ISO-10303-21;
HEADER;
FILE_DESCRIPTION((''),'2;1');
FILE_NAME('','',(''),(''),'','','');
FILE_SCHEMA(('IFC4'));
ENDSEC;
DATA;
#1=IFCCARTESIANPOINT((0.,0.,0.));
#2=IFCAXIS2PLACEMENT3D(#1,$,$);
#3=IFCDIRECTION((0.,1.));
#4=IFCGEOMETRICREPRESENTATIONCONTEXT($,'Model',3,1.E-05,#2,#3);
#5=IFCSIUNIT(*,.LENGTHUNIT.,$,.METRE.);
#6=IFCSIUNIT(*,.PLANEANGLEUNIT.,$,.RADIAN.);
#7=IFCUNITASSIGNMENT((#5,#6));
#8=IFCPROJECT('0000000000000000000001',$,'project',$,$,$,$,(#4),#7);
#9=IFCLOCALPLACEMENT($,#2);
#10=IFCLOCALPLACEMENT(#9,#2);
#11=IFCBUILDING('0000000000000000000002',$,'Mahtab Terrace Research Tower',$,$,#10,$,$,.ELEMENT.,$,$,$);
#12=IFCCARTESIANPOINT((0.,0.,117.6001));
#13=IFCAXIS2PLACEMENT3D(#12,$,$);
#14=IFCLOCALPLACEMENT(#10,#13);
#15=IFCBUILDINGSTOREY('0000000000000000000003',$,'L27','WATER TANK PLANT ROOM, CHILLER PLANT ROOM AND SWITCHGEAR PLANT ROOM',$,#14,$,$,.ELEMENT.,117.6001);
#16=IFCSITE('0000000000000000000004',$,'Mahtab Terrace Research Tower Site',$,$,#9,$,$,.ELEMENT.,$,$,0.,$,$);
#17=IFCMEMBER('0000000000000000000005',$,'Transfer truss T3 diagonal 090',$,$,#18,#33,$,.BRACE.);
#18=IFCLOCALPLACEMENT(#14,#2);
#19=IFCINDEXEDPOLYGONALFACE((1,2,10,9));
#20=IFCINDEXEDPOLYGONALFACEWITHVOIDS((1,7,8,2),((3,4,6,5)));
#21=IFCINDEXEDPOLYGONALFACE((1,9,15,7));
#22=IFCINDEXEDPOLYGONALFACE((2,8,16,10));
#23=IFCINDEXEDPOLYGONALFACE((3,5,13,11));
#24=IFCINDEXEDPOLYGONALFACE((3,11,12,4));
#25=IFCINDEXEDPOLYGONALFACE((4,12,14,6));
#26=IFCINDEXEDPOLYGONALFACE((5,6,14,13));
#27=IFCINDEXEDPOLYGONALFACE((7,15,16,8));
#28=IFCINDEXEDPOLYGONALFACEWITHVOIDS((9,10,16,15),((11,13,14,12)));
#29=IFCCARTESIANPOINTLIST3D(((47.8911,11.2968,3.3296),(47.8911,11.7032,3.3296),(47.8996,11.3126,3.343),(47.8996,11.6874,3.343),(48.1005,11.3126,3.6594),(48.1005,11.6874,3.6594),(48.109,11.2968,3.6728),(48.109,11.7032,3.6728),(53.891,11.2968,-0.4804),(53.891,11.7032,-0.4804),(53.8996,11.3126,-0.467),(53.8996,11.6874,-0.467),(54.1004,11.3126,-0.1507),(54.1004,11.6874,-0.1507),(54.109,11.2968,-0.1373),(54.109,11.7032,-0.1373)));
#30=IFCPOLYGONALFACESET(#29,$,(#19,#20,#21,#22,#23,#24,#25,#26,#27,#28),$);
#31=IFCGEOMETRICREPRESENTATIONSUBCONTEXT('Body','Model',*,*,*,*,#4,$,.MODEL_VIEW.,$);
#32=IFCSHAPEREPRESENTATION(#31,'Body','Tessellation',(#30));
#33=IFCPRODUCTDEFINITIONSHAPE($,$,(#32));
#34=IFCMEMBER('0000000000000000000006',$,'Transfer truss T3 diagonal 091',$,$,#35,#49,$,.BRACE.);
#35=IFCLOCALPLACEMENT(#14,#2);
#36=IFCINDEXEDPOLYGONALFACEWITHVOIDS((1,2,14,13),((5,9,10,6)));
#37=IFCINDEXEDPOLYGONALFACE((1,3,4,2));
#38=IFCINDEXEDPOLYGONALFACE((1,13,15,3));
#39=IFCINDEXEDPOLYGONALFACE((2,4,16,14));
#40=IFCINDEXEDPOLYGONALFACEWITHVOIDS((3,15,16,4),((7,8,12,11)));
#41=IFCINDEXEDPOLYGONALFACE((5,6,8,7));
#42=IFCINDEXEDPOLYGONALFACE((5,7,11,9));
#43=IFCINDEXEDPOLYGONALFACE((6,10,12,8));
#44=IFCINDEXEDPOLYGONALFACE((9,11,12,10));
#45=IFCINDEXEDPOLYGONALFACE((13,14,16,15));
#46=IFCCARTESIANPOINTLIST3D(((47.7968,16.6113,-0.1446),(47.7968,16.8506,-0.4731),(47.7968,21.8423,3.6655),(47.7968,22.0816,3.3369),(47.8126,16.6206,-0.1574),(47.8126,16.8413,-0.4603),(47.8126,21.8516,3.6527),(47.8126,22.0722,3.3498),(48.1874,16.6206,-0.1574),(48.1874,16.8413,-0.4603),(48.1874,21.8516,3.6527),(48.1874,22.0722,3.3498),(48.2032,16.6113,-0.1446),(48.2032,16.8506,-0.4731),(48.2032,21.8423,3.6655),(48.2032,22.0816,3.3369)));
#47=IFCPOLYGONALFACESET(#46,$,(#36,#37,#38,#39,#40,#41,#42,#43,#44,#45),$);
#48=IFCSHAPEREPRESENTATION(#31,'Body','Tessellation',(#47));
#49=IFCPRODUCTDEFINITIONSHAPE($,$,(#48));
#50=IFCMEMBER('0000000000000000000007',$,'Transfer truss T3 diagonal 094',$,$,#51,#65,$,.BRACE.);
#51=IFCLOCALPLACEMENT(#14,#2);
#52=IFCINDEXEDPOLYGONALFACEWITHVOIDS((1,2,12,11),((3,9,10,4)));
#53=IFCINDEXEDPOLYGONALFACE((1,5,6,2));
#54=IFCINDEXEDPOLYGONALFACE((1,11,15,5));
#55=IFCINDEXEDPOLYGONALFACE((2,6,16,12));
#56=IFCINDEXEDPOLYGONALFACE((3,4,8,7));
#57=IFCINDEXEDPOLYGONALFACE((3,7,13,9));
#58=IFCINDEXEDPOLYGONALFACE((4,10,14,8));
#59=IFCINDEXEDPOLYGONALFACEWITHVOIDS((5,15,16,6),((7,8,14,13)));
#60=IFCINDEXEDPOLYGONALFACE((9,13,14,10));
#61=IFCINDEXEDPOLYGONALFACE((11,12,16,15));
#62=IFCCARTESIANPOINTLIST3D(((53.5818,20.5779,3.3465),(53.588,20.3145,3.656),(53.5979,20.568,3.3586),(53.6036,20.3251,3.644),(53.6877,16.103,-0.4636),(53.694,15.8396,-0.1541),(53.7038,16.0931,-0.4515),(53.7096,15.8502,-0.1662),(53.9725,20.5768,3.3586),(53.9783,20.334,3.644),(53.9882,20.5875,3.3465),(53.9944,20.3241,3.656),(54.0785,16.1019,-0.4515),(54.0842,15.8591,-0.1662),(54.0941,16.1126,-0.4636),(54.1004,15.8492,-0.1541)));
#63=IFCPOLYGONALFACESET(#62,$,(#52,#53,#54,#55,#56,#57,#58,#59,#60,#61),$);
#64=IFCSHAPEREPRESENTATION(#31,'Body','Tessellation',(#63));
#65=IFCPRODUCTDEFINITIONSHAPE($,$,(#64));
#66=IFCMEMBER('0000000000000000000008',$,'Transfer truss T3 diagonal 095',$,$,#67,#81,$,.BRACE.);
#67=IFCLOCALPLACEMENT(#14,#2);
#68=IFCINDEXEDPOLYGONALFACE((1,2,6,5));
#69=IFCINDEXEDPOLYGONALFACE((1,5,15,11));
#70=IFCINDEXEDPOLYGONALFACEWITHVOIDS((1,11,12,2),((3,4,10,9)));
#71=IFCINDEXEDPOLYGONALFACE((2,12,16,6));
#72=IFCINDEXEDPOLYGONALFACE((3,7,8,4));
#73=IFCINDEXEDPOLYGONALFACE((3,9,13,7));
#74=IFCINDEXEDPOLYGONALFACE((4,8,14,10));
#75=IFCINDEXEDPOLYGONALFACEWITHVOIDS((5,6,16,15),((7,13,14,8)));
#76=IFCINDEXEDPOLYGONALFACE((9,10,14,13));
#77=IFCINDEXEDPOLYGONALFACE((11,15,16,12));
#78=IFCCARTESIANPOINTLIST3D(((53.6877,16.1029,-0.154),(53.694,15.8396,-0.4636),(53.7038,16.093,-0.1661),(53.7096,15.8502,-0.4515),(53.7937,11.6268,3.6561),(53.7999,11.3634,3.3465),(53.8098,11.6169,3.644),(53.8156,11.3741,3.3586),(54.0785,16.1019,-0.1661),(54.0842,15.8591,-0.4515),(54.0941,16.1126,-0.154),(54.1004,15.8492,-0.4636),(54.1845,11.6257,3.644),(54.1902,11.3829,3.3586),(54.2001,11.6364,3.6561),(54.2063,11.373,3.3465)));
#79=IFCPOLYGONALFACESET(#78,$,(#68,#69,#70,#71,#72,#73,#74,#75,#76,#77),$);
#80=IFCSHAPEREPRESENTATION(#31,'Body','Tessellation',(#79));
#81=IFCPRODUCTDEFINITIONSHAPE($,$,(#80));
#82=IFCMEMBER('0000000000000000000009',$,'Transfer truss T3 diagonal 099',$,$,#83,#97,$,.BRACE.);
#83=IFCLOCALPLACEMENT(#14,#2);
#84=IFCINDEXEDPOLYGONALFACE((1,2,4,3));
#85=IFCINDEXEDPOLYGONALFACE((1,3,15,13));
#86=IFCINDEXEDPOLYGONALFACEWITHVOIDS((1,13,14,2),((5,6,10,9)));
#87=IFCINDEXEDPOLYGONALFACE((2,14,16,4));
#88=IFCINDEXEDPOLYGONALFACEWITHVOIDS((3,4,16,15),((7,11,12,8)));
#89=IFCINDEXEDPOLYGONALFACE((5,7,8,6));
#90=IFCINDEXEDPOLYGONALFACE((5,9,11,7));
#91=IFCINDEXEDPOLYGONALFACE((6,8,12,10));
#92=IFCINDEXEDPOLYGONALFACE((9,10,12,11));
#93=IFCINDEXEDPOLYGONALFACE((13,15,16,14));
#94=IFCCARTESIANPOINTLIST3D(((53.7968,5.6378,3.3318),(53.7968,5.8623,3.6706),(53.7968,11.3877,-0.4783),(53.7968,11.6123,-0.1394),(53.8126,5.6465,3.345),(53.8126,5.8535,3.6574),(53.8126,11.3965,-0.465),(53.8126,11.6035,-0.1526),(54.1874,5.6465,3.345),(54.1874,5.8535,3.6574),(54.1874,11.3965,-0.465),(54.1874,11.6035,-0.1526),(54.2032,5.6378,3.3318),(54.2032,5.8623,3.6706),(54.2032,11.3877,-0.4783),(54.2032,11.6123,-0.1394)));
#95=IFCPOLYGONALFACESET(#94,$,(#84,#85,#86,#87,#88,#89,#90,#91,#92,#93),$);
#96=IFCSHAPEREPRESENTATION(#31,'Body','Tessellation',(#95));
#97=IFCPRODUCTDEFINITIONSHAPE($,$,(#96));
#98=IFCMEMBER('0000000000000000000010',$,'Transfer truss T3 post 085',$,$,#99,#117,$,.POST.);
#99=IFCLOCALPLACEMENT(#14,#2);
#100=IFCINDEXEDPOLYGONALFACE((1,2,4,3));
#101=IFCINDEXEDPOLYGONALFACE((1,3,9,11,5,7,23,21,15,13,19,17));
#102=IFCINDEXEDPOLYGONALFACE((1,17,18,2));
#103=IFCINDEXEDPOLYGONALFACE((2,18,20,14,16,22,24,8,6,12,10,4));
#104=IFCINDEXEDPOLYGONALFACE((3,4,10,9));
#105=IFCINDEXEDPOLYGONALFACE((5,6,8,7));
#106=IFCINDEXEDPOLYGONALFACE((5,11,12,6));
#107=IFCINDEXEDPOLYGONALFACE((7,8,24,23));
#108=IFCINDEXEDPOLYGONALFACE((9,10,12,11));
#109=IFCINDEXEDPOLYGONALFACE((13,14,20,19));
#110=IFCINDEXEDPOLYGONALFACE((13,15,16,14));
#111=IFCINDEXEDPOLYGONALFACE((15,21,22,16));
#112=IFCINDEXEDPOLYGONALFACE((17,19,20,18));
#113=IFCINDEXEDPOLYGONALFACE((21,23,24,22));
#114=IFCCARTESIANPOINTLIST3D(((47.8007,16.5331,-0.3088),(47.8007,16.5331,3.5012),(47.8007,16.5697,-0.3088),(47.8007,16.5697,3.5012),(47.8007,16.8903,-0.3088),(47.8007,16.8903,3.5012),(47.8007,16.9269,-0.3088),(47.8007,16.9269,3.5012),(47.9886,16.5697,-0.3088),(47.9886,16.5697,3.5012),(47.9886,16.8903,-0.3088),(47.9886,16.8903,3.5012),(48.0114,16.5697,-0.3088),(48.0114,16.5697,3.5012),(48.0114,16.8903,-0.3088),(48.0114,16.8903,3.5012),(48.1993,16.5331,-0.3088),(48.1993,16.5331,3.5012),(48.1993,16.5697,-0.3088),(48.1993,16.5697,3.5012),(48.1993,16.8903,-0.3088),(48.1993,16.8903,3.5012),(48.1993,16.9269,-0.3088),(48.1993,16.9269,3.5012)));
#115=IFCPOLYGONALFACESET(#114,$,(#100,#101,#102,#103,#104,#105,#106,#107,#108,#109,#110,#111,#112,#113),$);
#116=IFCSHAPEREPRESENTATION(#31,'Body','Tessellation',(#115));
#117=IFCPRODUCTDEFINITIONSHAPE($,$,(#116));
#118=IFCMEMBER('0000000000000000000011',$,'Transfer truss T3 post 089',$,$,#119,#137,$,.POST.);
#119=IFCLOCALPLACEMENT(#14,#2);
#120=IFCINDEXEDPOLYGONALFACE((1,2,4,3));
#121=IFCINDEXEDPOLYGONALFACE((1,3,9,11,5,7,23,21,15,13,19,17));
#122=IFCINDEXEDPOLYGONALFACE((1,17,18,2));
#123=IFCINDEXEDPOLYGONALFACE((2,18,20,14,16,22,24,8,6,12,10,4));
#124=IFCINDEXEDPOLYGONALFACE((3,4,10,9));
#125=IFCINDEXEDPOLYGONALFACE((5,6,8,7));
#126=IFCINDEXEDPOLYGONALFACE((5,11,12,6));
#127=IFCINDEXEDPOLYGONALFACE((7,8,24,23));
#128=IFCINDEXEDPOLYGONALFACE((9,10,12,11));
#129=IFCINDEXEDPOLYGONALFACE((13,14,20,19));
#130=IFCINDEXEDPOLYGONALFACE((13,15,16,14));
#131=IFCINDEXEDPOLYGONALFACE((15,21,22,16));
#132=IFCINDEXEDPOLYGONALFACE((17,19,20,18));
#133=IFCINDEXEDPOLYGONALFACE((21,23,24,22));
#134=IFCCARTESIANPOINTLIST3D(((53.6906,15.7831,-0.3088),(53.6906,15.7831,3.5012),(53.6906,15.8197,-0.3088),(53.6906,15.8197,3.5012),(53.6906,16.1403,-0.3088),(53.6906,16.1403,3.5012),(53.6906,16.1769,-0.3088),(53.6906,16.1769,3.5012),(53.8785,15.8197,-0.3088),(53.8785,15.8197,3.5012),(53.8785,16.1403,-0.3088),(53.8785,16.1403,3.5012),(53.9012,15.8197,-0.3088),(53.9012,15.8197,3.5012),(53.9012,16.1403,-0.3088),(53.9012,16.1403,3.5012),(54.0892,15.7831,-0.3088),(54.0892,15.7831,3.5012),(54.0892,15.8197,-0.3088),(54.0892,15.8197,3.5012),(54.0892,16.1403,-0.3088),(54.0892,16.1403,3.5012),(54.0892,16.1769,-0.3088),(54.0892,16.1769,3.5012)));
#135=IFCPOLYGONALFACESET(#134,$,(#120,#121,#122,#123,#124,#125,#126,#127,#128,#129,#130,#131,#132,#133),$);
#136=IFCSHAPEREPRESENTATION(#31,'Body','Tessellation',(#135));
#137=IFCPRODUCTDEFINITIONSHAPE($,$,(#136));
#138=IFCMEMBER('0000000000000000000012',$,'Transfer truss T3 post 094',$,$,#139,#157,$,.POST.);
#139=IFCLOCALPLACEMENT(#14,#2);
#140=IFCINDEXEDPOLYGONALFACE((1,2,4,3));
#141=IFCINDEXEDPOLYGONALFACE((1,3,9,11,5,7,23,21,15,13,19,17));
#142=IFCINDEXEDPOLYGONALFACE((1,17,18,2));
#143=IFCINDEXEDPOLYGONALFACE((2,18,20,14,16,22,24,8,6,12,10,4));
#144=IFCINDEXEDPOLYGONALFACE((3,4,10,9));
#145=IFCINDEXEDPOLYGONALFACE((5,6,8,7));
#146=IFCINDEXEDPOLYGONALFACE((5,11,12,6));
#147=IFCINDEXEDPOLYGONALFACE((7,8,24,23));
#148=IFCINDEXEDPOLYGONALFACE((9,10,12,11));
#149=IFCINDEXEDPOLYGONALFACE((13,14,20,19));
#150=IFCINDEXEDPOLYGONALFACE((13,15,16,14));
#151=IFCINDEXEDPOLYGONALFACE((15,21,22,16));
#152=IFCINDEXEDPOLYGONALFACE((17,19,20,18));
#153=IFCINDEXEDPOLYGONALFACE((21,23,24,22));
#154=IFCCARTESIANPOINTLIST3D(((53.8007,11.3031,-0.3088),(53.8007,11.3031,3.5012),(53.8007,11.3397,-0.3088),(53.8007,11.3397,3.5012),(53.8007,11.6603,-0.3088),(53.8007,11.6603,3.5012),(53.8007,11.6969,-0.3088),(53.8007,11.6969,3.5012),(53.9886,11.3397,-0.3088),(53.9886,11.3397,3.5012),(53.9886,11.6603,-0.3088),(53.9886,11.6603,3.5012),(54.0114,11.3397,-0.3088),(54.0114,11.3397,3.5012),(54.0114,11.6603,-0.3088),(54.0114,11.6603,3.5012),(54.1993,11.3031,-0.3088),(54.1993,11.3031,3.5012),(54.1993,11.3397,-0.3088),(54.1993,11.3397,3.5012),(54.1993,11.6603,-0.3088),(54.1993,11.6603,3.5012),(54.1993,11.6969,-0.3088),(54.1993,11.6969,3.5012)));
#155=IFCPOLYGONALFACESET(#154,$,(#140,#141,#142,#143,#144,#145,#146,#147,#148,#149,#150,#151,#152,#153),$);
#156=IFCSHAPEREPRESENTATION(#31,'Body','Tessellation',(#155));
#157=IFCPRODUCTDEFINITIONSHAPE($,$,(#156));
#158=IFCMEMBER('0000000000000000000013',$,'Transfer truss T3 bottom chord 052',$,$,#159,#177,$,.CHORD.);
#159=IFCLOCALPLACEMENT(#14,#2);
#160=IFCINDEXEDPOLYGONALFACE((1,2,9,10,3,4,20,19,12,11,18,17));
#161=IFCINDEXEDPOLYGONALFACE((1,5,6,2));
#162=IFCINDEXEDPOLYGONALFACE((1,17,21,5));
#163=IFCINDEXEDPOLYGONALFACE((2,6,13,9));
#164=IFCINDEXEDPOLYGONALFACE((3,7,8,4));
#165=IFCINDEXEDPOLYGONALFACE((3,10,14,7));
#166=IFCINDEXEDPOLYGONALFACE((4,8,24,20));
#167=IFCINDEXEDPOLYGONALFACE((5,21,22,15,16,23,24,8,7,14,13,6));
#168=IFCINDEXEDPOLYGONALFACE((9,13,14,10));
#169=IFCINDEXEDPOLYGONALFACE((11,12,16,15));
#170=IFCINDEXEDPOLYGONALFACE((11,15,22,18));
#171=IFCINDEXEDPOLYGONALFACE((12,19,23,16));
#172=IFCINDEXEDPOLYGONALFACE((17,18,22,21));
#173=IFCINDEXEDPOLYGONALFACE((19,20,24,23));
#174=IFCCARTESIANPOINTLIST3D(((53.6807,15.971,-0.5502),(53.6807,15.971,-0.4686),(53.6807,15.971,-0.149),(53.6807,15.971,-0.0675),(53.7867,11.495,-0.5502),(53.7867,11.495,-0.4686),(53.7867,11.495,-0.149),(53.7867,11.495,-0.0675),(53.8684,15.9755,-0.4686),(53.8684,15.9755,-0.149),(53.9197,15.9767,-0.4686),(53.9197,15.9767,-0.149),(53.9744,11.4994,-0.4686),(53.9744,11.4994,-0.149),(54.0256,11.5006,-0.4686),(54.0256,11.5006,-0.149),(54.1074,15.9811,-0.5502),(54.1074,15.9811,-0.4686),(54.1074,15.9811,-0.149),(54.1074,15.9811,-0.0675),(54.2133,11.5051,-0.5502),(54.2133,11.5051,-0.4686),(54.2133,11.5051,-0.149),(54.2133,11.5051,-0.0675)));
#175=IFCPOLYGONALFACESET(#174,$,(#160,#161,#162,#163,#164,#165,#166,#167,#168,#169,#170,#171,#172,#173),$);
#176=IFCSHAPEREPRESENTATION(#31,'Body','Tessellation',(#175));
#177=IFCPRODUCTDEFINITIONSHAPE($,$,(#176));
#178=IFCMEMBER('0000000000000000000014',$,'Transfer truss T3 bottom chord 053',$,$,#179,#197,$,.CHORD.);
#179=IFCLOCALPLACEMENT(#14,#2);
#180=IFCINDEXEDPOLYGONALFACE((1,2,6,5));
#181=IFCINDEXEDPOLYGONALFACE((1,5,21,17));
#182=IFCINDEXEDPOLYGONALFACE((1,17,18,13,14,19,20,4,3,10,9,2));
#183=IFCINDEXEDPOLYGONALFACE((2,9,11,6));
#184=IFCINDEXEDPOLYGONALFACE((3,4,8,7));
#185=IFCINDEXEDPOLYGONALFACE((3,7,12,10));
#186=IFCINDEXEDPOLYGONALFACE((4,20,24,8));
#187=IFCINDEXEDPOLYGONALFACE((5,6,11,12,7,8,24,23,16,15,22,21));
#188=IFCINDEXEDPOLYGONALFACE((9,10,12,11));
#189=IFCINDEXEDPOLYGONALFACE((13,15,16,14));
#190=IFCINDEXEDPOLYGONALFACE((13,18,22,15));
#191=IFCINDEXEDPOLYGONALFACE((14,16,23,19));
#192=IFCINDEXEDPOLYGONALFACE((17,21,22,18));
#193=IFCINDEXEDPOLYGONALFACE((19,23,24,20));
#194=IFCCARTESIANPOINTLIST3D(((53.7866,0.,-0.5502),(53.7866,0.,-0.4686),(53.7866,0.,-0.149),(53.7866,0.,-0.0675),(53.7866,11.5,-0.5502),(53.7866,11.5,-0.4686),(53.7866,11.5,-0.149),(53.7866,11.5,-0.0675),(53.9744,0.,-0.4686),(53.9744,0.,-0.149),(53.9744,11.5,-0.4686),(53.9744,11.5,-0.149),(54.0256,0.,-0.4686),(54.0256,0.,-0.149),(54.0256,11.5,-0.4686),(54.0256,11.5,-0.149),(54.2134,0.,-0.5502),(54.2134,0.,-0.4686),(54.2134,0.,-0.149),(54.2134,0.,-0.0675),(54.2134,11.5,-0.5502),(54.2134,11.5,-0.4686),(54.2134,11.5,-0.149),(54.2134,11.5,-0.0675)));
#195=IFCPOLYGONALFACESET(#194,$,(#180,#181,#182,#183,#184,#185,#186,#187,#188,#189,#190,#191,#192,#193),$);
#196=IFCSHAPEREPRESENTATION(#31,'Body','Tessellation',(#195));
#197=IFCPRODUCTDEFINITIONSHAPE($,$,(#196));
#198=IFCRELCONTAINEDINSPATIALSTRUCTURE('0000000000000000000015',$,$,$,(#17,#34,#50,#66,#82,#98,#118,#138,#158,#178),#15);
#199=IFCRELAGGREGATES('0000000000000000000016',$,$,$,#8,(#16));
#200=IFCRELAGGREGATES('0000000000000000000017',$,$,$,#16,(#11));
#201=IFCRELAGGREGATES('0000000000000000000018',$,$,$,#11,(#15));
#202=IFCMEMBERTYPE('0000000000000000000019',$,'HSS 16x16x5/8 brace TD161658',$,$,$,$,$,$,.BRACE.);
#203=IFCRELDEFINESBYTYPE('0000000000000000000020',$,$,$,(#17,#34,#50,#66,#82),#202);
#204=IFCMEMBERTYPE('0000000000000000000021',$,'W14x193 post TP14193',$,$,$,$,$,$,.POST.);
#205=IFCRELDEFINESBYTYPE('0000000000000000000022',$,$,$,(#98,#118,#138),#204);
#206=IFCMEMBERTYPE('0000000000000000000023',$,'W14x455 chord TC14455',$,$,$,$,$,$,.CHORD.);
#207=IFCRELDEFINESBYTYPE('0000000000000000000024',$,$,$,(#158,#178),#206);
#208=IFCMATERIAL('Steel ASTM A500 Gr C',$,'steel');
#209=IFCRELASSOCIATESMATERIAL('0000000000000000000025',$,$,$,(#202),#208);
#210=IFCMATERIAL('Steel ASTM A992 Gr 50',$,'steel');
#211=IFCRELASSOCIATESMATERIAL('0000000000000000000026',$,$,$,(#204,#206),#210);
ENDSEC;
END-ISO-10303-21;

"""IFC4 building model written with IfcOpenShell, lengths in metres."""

from ifc_helpers import new_model, si_unit, direction, frame, origin, origin_2d, place, context, subcontext, project, spatial, hollow_rectangle, i_section, extrude, material, material_profile, profile_set, type_object, element, save


model = new_model("IFC4")

# Units and contexts
model_context = context("Model", 3, precision=1e-05, world=origin(), true_north=direction((0.0, 1.0)))
body_context = subcontext(model_context, "Body", "Model", "MODEL_VIEW")
ifc_project = project(units=[si_unit("LENGTHUNIT", "METRE"), si_unit("PLANEANGLEUNIT", "RADIAN")], contexts=[model_context])

# Site, building, storey
site_placement = place(None, origin())
site = spatial("IfcSite", under=ifc_project, at=site_placement, Name="Mahtab Terrace Research Tower Site", CompositionType="ELEMENT", RefElevation=0.0)
building_placement = place(site_placement, origin())
building = spatial("IfcBuilding", under=site, at=building_placement, Name="Mahtab Terrace Research Tower", CompositionType="ELEMENT")
storey_placement = place(building_placement, frame((0.0, 0.0, 117.6001)))
storey = spatial("IfcBuildingStorey", under=building, at=storey_placement, Name="L27", Description="WATER TANK PLANT ROOM, CHILLER PLANT ROOM AND SWITCHGEAR PLANT ROOM", CompositionType="ELEMENT", Elevation=117.6001)

# Members
ifc_material_1 = material(Name="Steel ASTM A500 Gr C", Category="steel")
ifc_material_profile_1 = material_profile(ifc_material_1, hollow_rectangle(XDim=0.4065, YDim=0.4065, WallThickness=0.0159, at=origin_2d()), Name="HSS16X16X5/8")
ifc_profile_set_1 = profile_set([ifc_material_profile_1], Name="Steel ASTM A500 Gr C")
member_type_1 = type_object("IfcMemberType", Name="HSS 16x16x5/8 brace TD161658", PredefinedType="BRACE", material=ifc_profile_set_1)
member_1_placement = place(storey_placement, frame((54.0, 11.5, -0.3088), z_axis=(-0.844179, 0.0, 0.536062), x_axis=(0.0, -1.0, 0.0)))
element("IfcMember", 1, at=member_1_placement, inside=storey, type_object=member_type_1, Name="Transfer truss T3 diagonal 090", PredefinedType="BRACE", context=body_context, shape_type="SweptSolid", body=[
    extrude(hollow_rectangle(XDim=0.4065, YDim=0.4065, WallThickness=0.0159, at=origin_2d()), origin(), (0.0, 0.0, 1.0), 7.1074),
])
member_2_placement = place(storey_placement, frame((48.0, 16.731, -0.3088), z_axis=(0.0, 0.808315, 0.58875), x_axis=(-1.0, 0.0, 0.0)))
element("IfcMember", 2, at=member_2_placement, inside=storey, type_object=member_type_1, Name="Transfer truss T3 diagonal 091", PredefinedType="BRACE", context=body_context, shape_type="SweptSolid", body=[
    extrude(hollow_rectangle(XDim=0.4065, YDim=0.4065, WallThickness=0.0159, at=origin_2d()), origin(), (0.0, 0.0, 1.0), 6.4714),
])
member_3_placement = place(storey_placement, frame((53.894, 15.9761, -0.3088), z_axis=(-0.018026, 0.761275, 0.648178), x_axis=(-0.99972, -0.023672, 0.0)))
element("IfcMember", 3, at=member_3_placement, inside=storey, type_object=member_type_1, Name="Transfer truss T3 diagonal 094", PredefinedType="BRACE", context=body_context, shape_type="SweptSolid", body=[
    extrude(hollow_rectangle(XDim=0.4065, YDim=0.4065, WallThickness=0.0159, at=origin_2d()), origin(), (0.0, 0.0, 1.0), 5.8782),
])
member_4_placement = place(storey_placement, frame((53.894, 15.9761, -0.3088), z_axis=(0.018023, -0.761362, 0.648076), x_axis=(0.99972, 0.023665, 0.0)))
element("IfcMember", 4, at=member_4_placement, inside=storey, type_object=member_type_1, Name="Transfer truss T3 diagonal 095", PredefinedType="BRACE", context=body_context, shape_type="SweptSolid", body=[
    extrude(hollow_rectangle(XDim=0.4065, YDim=0.4065, WallThickness=0.0159, at=origin_2d()), origin(), (0.0, 0.0, 1.0), 5.8792),
])
member_5_placement = place(storey_placement, frame((54.0, 11.5, -0.3088), z_axis=(0.0, -0.833604, 0.552362), x_axis=(1.0, 0.0, 0.0)))
element("IfcMember", 5, at=member_5_placement, inside=storey, type_object=member_type_1, Name="Transfer truss T3 diagonal 099", PredefinedType="BRACE", context=body_context, shape_type="SweptSolid", body=[
    extrude(hollow_rectangle(XDim=0.4065, YDim=0.4065, WallThickness=0.0159, at=origin_2d()), origin(), (0.0, 0.0, 1.0), 6.8977),
])
ifc_material_2 = material(Name="Steel ASTM A992 Gr 50", Category="steel")
ifc_material_profile_2 = material_profile(ifc_material_2, i_section(OverallWidth=0.3987, OverallDepth=0.3938, WebThickness=0.0227, FlangeThickness=0.0366, at=origin_2d()), Name="W14X193")
ifc_profile_set_2 = profile_set([ifc_material_profile_2], Name="Steel ASTM A992 Gr 50")
member_type_2 = type_object("IfcMemberType", Name="W14x193 post TP14193", PredefinedType="POST", material=ifc_profile_set_2)
for number, where, z_axis, x_axis, name in (
    (6, (48.0, 16.73, -0.3088), (0.0, 0.0, 1.0), (1.0, 0.0, 0.0), "Transfer truss T3 post 085"),
    (7, (53.8899, 15.98, -0.3088), (0.0, 0.0, 1.0), (1.0, 0.0, 0.0), "Transfer truss T3 post 089"),
    (8, (54.0, 11.5, -0.3088), (0.0, 0.0, 1.0), (1.0, 0.0, 0.0), "Transfer truss T3 post 094"),
):
    element("IfcMember", number, at=place(storey_placement, frame(where, z_axis=z_axis, x_axis=x_axis)), inside=storey, type_object=member_type_2, Name=name, PredefinedType="POST", context=body_context, shape_type="SweptSolid", body=[
        extrude(i_section(OverallWidth=0.3987, OverallDepth=0.3938, WebThickness=0.0227, FlangeThickness=0.0366, at=origin_2d()), origin(), (0.0, 0.0, 1.0), 3.8101),
    ])
ifc_material_profile_3 = material_profile(ifc_material_2, i_section(OverallWidth=0.4268, OverallDepth=0.4827, WebThickness=0.0513, FlangeThickness=0.0815, at=origin_2d()), Name="W14X455")
ifc_profile_set_3 = profile_set([ifc_material_profile_3], Name="Steel ASTM A992 Gr 50")
member_type_3 = type_object("IfcMemberType", Name="W14x455 chord TC14455", PredefinedType="CHORD", material=ifc_profile_set_3)
member_6_placement = place(storey_placement, frame((53.894, 15.9761, -0.3088), z_axis=(0.023665, -0.99972, 0.0), x_axis=(0.99972, 0.023665, 0.0)))
element("IfcMember", 9, at=member_6_placement, inside=storey, type_object=member_type_3, Name="Transfer truss T3 bottom chord 052", PredefinedType="CHORD", context=body_context, shape_type="SweptSolid", body=[
    extrude(i_section(OverallWidth=0.4268, OverallDepth=0.4827, WebThickness=0.0513, FlangeThickness=0.0815, at=origin_2d()), origin(), (0.0, 0.0, 1.0), 4.4773),
])
member_7_placement = place(storey_placement, frame((54.0, 11.5, -0.3088), z_axis=(0.0, -1.0, 0.0), x_axis=(1.0, 0.0, 0.0)))
element("IfcMember", 10, at=member_7_placement, inside=storey, type_object=member_type_3, Name="Transfer truss T3 bottom chord 053", PredefinedType="CHORD", context=body_context, shape_type="SweptSolid", body=[
    extrude(i_section(OverallWidth=0.4268, OverallDepth=0.4827, WebThickness=0.0513, FlangeThickness=0.0815, at=origin_2d()), origin(), (0.0, 0.0, 1.0), 11.5),
])

save(model, "model.ifc")
